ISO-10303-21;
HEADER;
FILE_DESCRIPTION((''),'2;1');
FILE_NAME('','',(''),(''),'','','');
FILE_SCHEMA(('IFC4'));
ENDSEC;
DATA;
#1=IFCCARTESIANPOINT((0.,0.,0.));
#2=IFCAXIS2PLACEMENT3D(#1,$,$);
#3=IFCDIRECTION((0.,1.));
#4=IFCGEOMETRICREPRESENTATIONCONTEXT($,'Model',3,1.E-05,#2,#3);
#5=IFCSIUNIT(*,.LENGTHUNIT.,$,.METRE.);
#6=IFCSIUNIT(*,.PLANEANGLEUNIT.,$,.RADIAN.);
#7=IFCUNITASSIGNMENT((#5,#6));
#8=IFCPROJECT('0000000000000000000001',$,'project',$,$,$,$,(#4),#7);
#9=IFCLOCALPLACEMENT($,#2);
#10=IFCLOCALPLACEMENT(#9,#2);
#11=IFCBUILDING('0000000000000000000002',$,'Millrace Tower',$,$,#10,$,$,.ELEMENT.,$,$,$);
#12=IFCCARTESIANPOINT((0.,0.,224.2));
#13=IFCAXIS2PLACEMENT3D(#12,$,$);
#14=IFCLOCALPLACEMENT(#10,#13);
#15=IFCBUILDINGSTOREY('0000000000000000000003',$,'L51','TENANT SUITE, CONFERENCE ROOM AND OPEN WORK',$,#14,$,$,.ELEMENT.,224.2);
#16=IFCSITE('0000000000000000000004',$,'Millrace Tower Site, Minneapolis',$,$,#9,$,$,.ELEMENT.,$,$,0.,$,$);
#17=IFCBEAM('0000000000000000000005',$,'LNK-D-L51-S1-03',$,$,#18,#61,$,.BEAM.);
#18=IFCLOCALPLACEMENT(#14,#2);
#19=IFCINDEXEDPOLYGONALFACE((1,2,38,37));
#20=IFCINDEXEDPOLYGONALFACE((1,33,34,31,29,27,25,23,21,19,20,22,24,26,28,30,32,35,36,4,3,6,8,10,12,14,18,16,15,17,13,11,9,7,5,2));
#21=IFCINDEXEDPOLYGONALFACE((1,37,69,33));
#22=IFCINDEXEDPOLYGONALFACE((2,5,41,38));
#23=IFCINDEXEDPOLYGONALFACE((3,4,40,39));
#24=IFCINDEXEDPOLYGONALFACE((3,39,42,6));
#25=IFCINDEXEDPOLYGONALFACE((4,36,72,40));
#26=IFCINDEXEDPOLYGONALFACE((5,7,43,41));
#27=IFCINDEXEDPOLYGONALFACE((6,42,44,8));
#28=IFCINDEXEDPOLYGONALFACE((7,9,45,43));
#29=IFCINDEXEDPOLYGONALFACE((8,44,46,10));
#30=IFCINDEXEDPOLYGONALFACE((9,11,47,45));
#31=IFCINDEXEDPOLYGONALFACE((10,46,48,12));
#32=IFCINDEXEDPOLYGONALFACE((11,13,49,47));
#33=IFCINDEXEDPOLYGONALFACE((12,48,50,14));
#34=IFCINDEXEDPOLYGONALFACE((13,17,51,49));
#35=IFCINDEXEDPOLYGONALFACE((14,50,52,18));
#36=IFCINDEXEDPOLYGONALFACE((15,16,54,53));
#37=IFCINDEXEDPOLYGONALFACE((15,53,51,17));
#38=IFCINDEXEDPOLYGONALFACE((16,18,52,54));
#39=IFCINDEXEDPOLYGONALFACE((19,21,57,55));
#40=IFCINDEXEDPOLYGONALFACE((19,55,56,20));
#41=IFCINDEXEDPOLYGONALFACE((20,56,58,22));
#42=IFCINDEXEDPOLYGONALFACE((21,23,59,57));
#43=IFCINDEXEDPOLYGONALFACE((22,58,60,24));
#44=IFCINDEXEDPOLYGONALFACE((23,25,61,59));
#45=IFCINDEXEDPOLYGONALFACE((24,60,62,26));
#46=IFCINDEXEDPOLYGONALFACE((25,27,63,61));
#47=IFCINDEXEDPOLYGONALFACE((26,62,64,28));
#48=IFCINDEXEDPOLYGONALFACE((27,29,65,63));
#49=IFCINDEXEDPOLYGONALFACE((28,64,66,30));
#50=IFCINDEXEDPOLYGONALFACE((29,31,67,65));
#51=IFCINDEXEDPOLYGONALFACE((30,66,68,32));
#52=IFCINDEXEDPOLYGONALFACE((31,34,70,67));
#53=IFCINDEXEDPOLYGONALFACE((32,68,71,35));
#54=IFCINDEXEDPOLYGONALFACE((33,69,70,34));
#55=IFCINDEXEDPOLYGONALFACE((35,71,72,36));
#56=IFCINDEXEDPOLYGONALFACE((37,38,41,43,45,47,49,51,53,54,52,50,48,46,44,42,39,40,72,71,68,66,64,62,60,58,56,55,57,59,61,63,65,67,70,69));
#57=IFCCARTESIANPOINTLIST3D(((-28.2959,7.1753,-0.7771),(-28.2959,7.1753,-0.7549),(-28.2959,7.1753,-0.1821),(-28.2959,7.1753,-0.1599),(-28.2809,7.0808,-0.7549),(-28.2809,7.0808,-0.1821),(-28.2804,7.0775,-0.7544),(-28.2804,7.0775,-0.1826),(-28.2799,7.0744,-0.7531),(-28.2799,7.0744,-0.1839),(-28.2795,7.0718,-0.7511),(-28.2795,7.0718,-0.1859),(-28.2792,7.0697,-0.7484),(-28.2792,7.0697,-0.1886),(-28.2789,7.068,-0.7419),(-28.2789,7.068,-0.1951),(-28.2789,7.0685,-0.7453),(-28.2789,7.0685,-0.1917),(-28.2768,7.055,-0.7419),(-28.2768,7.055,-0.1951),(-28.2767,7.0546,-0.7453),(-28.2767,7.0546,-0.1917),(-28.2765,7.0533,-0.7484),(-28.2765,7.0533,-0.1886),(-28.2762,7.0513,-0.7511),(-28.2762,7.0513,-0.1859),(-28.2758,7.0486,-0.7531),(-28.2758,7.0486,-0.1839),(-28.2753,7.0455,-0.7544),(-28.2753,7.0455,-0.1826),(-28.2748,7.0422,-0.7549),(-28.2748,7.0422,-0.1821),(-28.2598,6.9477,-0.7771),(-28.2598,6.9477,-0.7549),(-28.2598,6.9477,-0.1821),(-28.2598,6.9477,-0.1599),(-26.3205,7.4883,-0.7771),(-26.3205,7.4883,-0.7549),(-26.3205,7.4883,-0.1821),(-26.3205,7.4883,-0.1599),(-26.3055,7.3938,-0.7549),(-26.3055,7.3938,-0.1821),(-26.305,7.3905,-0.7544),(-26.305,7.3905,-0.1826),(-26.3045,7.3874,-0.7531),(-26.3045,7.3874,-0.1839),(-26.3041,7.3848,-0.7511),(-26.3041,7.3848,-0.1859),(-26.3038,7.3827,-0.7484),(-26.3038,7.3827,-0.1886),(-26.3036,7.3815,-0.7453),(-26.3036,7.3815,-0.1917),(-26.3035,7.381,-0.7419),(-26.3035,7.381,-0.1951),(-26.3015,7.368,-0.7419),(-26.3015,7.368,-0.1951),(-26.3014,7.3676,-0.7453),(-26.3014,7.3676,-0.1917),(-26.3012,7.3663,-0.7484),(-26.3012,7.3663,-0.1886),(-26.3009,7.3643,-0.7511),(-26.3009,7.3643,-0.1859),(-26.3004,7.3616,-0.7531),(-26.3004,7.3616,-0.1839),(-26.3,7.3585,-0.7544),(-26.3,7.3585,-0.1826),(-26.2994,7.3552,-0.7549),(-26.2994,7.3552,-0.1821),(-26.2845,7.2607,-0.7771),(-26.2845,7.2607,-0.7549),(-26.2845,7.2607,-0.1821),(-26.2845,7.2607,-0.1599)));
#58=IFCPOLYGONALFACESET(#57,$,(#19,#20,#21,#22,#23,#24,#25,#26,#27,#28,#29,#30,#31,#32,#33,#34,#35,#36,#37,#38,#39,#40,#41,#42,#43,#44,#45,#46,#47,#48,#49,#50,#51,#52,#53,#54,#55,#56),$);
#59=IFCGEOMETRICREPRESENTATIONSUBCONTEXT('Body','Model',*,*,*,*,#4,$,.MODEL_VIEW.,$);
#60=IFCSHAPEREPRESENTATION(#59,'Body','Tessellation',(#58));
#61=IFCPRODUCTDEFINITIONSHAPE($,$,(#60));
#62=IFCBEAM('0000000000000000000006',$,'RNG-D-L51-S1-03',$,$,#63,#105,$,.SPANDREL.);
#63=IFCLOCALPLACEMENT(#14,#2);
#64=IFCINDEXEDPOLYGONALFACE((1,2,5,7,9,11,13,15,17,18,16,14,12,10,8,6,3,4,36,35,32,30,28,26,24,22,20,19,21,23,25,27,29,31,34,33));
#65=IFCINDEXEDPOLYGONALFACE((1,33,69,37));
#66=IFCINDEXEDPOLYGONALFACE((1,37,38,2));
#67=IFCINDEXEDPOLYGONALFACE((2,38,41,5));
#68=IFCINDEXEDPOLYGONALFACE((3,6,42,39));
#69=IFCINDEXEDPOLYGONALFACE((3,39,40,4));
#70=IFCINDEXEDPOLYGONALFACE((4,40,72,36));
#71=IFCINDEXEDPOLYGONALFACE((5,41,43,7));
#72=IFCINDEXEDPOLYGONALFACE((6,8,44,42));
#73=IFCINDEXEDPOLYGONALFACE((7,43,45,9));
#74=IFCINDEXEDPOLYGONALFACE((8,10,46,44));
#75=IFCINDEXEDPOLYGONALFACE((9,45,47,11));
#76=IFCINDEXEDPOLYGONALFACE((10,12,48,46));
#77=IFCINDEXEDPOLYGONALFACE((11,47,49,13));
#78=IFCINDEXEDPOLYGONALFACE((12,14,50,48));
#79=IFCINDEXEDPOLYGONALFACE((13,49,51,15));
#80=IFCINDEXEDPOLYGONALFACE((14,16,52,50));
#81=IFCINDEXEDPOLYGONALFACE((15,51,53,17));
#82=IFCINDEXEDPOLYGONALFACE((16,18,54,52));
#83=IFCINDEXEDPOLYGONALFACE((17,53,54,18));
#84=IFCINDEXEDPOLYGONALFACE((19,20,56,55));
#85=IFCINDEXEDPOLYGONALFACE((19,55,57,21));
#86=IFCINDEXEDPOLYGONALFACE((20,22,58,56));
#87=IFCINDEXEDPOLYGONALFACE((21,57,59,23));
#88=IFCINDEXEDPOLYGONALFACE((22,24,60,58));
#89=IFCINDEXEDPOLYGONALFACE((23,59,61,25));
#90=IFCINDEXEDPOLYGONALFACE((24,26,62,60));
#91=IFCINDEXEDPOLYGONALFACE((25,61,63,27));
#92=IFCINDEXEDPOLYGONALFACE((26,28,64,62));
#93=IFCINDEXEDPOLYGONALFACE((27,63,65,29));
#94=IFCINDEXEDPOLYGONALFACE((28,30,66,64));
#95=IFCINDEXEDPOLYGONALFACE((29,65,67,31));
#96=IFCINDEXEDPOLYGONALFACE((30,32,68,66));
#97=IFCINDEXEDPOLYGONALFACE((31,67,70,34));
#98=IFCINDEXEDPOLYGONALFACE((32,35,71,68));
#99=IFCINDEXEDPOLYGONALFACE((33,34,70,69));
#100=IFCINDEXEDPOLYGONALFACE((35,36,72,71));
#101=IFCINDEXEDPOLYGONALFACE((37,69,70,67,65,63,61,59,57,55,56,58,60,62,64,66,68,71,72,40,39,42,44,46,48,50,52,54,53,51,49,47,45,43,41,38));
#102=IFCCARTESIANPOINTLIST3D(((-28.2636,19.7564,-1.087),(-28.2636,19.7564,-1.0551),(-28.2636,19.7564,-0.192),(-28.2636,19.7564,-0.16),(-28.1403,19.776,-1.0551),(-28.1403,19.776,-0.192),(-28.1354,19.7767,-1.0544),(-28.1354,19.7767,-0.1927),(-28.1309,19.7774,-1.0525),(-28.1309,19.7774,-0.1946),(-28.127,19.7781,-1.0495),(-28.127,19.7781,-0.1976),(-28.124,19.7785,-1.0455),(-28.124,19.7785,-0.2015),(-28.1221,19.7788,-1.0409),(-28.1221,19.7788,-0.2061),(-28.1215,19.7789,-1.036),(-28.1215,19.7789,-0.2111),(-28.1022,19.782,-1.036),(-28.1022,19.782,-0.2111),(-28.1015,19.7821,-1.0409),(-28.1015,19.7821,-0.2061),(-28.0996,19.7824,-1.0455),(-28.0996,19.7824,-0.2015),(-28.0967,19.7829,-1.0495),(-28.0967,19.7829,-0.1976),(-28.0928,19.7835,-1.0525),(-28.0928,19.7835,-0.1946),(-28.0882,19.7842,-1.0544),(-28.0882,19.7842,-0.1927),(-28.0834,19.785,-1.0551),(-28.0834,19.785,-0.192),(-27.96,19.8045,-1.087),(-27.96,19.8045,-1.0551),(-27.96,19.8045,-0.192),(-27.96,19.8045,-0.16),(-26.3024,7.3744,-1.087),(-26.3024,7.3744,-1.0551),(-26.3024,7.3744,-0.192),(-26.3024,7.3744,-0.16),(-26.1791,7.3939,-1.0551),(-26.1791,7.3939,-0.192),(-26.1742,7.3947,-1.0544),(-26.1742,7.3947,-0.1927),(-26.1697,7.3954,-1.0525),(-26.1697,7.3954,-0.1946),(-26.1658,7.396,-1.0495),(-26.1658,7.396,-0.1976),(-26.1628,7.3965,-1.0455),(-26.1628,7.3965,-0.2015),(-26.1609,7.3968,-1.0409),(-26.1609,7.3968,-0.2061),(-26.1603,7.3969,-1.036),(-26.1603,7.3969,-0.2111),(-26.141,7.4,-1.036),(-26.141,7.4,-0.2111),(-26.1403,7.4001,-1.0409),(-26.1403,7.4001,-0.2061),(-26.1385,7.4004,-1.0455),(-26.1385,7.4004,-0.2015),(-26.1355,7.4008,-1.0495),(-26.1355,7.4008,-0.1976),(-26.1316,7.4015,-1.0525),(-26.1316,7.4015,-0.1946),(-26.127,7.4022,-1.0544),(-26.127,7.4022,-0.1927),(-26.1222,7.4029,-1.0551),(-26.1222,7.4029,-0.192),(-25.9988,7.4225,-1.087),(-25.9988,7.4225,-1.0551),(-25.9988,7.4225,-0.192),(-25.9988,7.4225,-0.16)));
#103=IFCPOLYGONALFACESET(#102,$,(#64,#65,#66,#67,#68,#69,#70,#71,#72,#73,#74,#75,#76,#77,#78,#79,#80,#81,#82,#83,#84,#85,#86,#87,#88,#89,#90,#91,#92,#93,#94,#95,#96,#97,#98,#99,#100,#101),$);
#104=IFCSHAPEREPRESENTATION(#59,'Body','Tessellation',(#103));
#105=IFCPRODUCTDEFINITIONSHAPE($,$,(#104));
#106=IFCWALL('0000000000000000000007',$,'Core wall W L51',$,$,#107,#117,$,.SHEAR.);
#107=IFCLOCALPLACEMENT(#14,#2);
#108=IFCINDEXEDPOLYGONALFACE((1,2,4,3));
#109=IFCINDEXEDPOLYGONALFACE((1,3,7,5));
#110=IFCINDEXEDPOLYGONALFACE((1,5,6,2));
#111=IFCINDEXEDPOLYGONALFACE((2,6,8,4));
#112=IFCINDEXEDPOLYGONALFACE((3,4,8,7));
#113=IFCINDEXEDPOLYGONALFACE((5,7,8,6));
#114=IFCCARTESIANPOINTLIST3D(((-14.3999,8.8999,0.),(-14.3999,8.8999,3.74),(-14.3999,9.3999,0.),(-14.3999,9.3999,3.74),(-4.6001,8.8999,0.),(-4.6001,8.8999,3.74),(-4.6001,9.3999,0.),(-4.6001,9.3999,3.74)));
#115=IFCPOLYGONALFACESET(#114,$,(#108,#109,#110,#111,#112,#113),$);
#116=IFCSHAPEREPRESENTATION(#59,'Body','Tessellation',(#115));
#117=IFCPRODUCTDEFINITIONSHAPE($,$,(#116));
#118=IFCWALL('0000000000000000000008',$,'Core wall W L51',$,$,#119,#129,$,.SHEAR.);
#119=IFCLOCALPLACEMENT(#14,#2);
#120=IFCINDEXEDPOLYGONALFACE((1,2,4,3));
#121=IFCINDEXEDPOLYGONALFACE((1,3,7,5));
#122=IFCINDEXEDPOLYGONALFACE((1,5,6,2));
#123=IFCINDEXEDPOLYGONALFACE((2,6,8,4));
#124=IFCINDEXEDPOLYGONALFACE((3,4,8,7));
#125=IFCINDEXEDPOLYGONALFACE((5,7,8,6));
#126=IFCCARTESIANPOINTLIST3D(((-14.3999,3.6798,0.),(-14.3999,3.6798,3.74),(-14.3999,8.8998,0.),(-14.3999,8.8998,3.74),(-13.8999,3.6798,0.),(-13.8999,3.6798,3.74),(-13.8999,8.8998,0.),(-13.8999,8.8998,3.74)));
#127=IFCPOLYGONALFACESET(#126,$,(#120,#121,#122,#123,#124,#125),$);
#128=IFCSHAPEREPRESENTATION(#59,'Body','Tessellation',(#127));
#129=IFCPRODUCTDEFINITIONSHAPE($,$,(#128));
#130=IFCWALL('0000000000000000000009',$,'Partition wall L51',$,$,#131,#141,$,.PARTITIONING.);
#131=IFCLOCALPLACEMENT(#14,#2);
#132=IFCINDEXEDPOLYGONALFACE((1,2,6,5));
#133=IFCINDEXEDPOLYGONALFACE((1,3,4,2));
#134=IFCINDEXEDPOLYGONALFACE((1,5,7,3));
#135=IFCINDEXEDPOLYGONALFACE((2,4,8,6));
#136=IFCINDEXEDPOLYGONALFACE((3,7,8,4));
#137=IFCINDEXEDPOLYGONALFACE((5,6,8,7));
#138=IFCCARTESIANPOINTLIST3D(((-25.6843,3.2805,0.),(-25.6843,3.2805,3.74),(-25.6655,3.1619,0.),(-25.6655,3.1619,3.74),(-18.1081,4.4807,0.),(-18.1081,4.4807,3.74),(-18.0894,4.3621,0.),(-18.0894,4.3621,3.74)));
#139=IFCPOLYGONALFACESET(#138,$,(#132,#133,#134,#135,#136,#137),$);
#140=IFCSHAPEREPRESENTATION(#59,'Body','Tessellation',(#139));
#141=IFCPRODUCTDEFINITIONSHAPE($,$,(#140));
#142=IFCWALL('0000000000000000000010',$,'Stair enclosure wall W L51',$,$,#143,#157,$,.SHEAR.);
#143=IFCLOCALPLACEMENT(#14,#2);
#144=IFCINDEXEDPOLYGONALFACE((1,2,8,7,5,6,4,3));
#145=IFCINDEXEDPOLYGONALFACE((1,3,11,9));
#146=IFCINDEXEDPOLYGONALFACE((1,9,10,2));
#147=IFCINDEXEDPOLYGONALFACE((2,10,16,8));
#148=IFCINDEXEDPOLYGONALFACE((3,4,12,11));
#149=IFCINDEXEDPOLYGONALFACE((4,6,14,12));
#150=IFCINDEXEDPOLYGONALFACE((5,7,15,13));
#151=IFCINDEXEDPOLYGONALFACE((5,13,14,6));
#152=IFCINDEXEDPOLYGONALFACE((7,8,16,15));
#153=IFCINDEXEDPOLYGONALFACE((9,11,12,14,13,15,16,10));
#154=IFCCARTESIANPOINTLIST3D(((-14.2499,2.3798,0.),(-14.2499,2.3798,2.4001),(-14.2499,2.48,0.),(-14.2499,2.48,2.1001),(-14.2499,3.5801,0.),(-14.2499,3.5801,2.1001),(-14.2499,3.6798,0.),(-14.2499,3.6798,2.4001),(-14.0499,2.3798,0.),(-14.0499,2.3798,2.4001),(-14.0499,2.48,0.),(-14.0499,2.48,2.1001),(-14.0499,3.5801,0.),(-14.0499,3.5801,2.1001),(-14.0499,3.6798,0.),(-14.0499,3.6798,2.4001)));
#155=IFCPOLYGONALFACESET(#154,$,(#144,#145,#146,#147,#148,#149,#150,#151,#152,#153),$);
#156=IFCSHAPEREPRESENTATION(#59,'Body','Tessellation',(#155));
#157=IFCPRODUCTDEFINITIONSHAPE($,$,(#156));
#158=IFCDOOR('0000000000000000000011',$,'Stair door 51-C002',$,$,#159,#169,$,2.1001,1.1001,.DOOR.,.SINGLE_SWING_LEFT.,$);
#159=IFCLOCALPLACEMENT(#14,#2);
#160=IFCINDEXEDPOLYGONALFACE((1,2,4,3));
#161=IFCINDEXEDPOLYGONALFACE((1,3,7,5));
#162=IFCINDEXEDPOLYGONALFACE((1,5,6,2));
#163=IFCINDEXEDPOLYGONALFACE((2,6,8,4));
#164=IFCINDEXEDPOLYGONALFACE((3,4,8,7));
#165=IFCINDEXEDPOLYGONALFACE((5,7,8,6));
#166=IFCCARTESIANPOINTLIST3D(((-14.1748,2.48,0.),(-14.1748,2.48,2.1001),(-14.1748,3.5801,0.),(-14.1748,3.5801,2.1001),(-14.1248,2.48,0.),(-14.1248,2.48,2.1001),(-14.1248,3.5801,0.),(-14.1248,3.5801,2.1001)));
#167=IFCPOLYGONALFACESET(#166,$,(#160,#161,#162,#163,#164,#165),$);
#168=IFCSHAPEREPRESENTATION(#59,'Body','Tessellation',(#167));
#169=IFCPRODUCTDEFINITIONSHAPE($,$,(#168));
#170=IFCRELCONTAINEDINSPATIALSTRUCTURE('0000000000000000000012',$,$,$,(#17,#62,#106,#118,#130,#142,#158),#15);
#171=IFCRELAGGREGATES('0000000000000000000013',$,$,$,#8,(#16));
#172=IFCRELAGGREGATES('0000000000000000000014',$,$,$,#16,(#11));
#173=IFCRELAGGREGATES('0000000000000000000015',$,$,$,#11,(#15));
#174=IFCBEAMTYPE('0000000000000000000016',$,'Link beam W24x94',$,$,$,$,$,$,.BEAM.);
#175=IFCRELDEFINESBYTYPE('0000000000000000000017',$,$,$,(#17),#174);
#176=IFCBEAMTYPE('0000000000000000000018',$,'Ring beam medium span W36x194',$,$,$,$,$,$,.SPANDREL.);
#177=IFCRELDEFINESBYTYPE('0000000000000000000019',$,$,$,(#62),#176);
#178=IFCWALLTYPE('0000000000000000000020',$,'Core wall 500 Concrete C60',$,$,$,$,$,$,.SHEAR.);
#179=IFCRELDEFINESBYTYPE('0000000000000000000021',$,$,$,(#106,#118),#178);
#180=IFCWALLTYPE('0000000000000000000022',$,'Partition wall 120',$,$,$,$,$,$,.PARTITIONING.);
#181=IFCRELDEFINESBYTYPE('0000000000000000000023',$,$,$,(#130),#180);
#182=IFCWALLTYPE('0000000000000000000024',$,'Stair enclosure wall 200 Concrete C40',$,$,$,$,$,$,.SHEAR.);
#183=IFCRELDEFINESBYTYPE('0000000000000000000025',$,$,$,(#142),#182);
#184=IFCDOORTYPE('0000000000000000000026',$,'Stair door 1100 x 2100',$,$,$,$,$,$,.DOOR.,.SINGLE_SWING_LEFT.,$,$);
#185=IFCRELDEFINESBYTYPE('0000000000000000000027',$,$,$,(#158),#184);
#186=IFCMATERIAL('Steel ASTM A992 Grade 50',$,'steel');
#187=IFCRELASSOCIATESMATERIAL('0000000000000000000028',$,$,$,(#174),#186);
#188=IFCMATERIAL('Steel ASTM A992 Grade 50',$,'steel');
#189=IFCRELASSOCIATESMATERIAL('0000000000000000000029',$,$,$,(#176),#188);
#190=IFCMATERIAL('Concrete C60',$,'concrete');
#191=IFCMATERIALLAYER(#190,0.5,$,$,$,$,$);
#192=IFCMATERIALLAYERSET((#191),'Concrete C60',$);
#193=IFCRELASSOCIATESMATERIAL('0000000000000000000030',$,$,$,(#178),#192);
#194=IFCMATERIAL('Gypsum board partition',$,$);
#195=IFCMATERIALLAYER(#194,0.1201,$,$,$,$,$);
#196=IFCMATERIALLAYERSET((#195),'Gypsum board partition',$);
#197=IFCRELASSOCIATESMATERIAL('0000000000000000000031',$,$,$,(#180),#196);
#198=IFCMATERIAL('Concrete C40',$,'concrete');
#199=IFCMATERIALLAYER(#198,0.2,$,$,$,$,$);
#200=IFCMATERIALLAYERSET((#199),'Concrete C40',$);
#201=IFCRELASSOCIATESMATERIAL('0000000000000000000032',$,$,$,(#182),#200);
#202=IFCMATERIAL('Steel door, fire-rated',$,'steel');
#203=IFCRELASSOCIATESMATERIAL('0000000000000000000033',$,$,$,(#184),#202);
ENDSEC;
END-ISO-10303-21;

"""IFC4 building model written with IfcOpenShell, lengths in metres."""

from ifc_helpers import new_model, si_unit, direction, frame, frame_2d, origin, origin_2d, place, context, subcontext, project, spatial, rectangle, i_section, extrude, material, layer, layer_set, material_profile, profile_set, type_object, element, fill, save


model = new_model("IFC4")

# Units and contexts
model_context = context("Model", 3, precision=1e-05, world=origin(), true_north=direction((0.0, 1.0)))
body_context = subcontext(model_context, "Body", "Model", "MODEL_VIEW")
ifc_project = project(units=[si_unit("LENGTHUNIT", "METRE"), si_unit("PLANEANGLEUNIT", "RADIAN")], contexts=[model_context])

# Site, building, storey
site_placement = place(None, origin())
site = spatial("IfcSite", under=ifc_project, at=site_placement, Name="Millrace Tower Site, Minneapolis", CompositionType="ELEMENT", RefElevation=0.0)
building_placement = place(site_placement, origin())
building = spatial("IfcBuilding", under=site, at=building_placement, Name="Millrace Tower", CompositionType="ELEMENT")
storey_placement = place(building_placement, frame((0.0, 0.0, 224.2)))
storey = spatial("IfcBuildingStorey", under=building, at=storey_placement, Name="L51", Description="TENANT SUITE, CONFERENCE ROOM AND OPEN WORK", CompositionType="ELEMENT", Elevation=224.2)

# Beams
ifc_material_1 = material(Name="Steel ASTM A992 Grade 50", Category="steel")
ifc_material_profile_1 = material_profile(ifc_material_1, i_section(OverallWidth=0.2305, OverallDepth=0.6172, WebThickness=0.0132, FlangeThickness=0.0222, FilletRadius=0.0129, at=origin_2d()))
ifc_profile_set_1 = profile_set([ifc_material_profile_1], Name="Steel ASTM A992 Grade 50")
beam_type_1 = type_object("IfcBeamType", Name="Link beam W24x94", PredefinedType="BEAM", material=ifc_profile_set_1)
beam_1_placement = place(storey_placement, frame((-26.3025, 7.3745, -0.4685), z_axis=(-0.987679, -0.156495, 0.0), x_axis=(0.156495, -0.987679, 0.0)))
element("IfcBeam", 1, at=beam_1_placement, inside=storey, type_object=beam_type_1, Name="LNK-D-L51-S1-03", PredefinedType="BEAM", context=body_context, shape_type="SweptSolid", body=[
    extrude(i_section(OverallWidth=0.2305, OverallDepth=0.6172, WebThickness=0.0132, FlangeThickness=0.0222, FilletRadius=0.0129, at=origin_2d()), origin(), (0.0, 0.0, 1.0), 2.0),
])
ifc_material_2 = material(Name="Steel ASTM A992 Grade 50", Category="steel")
ifc_material_profile_2 = material_profile(ifc_material_2, i_section(OverallWidth=0.3074, OverallDepth=0.927, WebThickness=0.0195, FlangeThickness=0.032, FilletRadius=0.019, at=origin_2d()))
ifc_profile_set_2 = profile_set([ifc_material_profile_2], Name="Steel ASTM A992 Grade 50")
beam_type_2 = type_object("IfcBeamType", Name="Ring beam medium span W36x194", PredefinedType="SPANDREL", material=ifc_profile_set_2)
beam_2_placement = place(storey_placement, frame((-26.1506, 7.3984, -0.6235), z_axis=(-0.156439, 0.987688, 0.0), x_axis=(-0.987688, -0.156439, 0.0)))
element("IfcBeam", 2, at=beam_2_placement, inside=storey, type_object=beam_type_2, Name="RNG-D-L51-S1-03", PredefinedType="SPANDREL", context=body_context, shape_type="SweptSolid", body=[
    extrude(i_section(OverallWidth=0.3074, OverallDepth=0.927, WebThickness=0.0195, FlangeThickness=0.032, FilletRadius=0.019, at=origin_2d()), origin(), (0.0, 0.0, 1.0), 12.5364),
])

# Walls
ifc_material_3 = material(Name="Concrete C60", Category="concrete")
ifc_layer_1 = layer(ifc_material_3, 0.5)
ifc_layer_set_1 = layer_set([ifc_layer_1], Name="Concrete C60")
wall_type_1 = type_object("IfcWallType", Name="Core wall 500 Concrete C60", PredefinedType="SHEAR", material=ifc_layer_set_1)
wall_1_placement = place(storey_placement, frame((-14.3999, 9.1499, 0.0), z_axis=(0.0, 0.0, 1.0), x_axis=(1.0, 0.0, 0.0)))
element("IfcWall", 3, at=wall_1_placement, inside=storey, type_object=wall_type_1, Name="Core wall W L51", PredefinedType="SHEAR", context=body_context, shape_type="SweptSolid", body=[
    extrude(rectangle(XDim=9.7998, YDim=0.5, at=frame_2d((4.8999, 0.0))), origin(), (0.0, 0.0, 1.0), 3.74),
])
wall_2_placement = place(storey_placement, frame((-14.1499, 3.6799, 0.0), z_axis=(0.0, 0.0, 1.0), x_axis=(0.0, 1.0, 0.0)))
element("IfcWall", 4, at=wall_2_placement, inside=storey, type_object=wall_type_1, Name="Core wall W L51", PredefinedType="SHEAR", context=body_context, shape_type="SweptSolid", body=[
    extrude(rectangle(XDim=5.22, YDim=0.5, at=frame_2d((2.6099, 0.0))), origin(), (0.0, 0.0, 1.0), 3.74),
])
ifc_material_4 = material(Name="Gypsum board partition")
ifc_layer_2 = layer(ifc_material_4, 0.1201)
ifc_layer_set_2 = layer_set([ifc_layer_2], Name="Gypsum board partition")
wall_type_2 = type_object("IfcWallType", Name="Partition wall 120", PredefinedType="PARTITIONING", material=ifc_layer_set_2)
wall_3_placement = place(storey_placement, frame((-25.675, 3.2212, 0.0), z_axis=(0.0, 0.0, 1.0), x_axis=(0.987683, 0.156466, 0.0)))
element("IfcWall", 5, at=wall_3_placement, inside=storey, type_object=wall_type_2, Name="Partition wall L51", PredefinedType="PARTITIONING", context=body_context, shape_type="SweptSolid", body=[
    extrude(rectangle(XDim=7.6707, YDim=0.1201, at=frame_2d((3.8354, 0.0))), origin(), (0.0, 0.0, 1.0), 3.74),
])

# Wall, opening, door
ifc_material_5 = material(Name="Concrete C40", Category="concrete")
ifc_layer_3 = layer(ifc_material_5, 0.2)
ifc_layer_set_3 = layer_set([ifc_layer_3], Name="Concrete C40")
wall_type_3 = type_object("IfcWallType", Name="Stair enclosure wall 200 Concrete C40", PredefinedType="SHEAR", material=ifc_layer_set_3)
wall_4_placement = place(storey_placement, frame((-14.1499, 2.3799, 0.0), z_axis=(0.0, 0.0, 1.0), x_axis=(0.0, 1.0, 0.0)))
wall_4 = element("IfcWall", 6, at=wall_4_placement, inside=storey, type_object=wall_type_3, Name="Stair enclosure wall W L51", PredefinedType="SHEAR", context=body_context, shape_type="SweptSolid", body=[
    extrude(rectangle(XDim=1.3, YDim=0.2, at=frame_2d((0.6499, 0.0))), origin(), (0.0, 0.0, 1.0), 2.4001),
])
opening_1_placement = place(wall_4_placement, frame((0.1001, 0.0, 0.0)))
opening_1 = element("IfcOpeningElement", 7, at=opening_1_placement, cuts=wall_4, PredefinedType="OPENING", context=body_context, shape_type="SweptSolid", body=[
    extrude(rectangle(XDim=1.1001, YDim=2.1001, at=frame_2d((0.55, 1.05))), frame((0.0, 0.1099, 0.0), z_axis=(0.0, -1.0, 0.0), x_axis=(1.0, 0.0, 0.0)), (0.0, 0.0, 1.0), 0.22),
])
ifc_material_6 = material(Name="Steel door, fire-rated", Category="steel")
door_type_1 = type_object("IfcDoorType", Name="Stair door 1100 x 2100", OperationType="SINGLE_SWING_LEFT", PredefinedType="DOOR", material=ifc_material_6)
door_1_placement = place(opening_1_placement, origin())
door_1 = element("IfcDoor", 8, at=door_1_placement, inside=storey, type_object=door_type_1, Name="Stair door 51-C002", OperationType="SINGLE_SWING_LEFT", OverallHeight=2.1001, OverallWidth=1.1001, PredefinedType="DOOR", context=body_context, shape_type="SweptSolid", body=[
    extrude(rectangle(XDim=1.1001, YDim=2.1001, at=frame_2d((0.55, 1.05))), frame((0.0, 0.0249, 0.0), z_axis=(0.0, -1.0, 0.0), x_axis=(1.0, 0.0, 0.0)), (0.0, 0.0, 1.0), 0.05),
])
fill(opening_1, door_1)

save(model, "model.ifc")
